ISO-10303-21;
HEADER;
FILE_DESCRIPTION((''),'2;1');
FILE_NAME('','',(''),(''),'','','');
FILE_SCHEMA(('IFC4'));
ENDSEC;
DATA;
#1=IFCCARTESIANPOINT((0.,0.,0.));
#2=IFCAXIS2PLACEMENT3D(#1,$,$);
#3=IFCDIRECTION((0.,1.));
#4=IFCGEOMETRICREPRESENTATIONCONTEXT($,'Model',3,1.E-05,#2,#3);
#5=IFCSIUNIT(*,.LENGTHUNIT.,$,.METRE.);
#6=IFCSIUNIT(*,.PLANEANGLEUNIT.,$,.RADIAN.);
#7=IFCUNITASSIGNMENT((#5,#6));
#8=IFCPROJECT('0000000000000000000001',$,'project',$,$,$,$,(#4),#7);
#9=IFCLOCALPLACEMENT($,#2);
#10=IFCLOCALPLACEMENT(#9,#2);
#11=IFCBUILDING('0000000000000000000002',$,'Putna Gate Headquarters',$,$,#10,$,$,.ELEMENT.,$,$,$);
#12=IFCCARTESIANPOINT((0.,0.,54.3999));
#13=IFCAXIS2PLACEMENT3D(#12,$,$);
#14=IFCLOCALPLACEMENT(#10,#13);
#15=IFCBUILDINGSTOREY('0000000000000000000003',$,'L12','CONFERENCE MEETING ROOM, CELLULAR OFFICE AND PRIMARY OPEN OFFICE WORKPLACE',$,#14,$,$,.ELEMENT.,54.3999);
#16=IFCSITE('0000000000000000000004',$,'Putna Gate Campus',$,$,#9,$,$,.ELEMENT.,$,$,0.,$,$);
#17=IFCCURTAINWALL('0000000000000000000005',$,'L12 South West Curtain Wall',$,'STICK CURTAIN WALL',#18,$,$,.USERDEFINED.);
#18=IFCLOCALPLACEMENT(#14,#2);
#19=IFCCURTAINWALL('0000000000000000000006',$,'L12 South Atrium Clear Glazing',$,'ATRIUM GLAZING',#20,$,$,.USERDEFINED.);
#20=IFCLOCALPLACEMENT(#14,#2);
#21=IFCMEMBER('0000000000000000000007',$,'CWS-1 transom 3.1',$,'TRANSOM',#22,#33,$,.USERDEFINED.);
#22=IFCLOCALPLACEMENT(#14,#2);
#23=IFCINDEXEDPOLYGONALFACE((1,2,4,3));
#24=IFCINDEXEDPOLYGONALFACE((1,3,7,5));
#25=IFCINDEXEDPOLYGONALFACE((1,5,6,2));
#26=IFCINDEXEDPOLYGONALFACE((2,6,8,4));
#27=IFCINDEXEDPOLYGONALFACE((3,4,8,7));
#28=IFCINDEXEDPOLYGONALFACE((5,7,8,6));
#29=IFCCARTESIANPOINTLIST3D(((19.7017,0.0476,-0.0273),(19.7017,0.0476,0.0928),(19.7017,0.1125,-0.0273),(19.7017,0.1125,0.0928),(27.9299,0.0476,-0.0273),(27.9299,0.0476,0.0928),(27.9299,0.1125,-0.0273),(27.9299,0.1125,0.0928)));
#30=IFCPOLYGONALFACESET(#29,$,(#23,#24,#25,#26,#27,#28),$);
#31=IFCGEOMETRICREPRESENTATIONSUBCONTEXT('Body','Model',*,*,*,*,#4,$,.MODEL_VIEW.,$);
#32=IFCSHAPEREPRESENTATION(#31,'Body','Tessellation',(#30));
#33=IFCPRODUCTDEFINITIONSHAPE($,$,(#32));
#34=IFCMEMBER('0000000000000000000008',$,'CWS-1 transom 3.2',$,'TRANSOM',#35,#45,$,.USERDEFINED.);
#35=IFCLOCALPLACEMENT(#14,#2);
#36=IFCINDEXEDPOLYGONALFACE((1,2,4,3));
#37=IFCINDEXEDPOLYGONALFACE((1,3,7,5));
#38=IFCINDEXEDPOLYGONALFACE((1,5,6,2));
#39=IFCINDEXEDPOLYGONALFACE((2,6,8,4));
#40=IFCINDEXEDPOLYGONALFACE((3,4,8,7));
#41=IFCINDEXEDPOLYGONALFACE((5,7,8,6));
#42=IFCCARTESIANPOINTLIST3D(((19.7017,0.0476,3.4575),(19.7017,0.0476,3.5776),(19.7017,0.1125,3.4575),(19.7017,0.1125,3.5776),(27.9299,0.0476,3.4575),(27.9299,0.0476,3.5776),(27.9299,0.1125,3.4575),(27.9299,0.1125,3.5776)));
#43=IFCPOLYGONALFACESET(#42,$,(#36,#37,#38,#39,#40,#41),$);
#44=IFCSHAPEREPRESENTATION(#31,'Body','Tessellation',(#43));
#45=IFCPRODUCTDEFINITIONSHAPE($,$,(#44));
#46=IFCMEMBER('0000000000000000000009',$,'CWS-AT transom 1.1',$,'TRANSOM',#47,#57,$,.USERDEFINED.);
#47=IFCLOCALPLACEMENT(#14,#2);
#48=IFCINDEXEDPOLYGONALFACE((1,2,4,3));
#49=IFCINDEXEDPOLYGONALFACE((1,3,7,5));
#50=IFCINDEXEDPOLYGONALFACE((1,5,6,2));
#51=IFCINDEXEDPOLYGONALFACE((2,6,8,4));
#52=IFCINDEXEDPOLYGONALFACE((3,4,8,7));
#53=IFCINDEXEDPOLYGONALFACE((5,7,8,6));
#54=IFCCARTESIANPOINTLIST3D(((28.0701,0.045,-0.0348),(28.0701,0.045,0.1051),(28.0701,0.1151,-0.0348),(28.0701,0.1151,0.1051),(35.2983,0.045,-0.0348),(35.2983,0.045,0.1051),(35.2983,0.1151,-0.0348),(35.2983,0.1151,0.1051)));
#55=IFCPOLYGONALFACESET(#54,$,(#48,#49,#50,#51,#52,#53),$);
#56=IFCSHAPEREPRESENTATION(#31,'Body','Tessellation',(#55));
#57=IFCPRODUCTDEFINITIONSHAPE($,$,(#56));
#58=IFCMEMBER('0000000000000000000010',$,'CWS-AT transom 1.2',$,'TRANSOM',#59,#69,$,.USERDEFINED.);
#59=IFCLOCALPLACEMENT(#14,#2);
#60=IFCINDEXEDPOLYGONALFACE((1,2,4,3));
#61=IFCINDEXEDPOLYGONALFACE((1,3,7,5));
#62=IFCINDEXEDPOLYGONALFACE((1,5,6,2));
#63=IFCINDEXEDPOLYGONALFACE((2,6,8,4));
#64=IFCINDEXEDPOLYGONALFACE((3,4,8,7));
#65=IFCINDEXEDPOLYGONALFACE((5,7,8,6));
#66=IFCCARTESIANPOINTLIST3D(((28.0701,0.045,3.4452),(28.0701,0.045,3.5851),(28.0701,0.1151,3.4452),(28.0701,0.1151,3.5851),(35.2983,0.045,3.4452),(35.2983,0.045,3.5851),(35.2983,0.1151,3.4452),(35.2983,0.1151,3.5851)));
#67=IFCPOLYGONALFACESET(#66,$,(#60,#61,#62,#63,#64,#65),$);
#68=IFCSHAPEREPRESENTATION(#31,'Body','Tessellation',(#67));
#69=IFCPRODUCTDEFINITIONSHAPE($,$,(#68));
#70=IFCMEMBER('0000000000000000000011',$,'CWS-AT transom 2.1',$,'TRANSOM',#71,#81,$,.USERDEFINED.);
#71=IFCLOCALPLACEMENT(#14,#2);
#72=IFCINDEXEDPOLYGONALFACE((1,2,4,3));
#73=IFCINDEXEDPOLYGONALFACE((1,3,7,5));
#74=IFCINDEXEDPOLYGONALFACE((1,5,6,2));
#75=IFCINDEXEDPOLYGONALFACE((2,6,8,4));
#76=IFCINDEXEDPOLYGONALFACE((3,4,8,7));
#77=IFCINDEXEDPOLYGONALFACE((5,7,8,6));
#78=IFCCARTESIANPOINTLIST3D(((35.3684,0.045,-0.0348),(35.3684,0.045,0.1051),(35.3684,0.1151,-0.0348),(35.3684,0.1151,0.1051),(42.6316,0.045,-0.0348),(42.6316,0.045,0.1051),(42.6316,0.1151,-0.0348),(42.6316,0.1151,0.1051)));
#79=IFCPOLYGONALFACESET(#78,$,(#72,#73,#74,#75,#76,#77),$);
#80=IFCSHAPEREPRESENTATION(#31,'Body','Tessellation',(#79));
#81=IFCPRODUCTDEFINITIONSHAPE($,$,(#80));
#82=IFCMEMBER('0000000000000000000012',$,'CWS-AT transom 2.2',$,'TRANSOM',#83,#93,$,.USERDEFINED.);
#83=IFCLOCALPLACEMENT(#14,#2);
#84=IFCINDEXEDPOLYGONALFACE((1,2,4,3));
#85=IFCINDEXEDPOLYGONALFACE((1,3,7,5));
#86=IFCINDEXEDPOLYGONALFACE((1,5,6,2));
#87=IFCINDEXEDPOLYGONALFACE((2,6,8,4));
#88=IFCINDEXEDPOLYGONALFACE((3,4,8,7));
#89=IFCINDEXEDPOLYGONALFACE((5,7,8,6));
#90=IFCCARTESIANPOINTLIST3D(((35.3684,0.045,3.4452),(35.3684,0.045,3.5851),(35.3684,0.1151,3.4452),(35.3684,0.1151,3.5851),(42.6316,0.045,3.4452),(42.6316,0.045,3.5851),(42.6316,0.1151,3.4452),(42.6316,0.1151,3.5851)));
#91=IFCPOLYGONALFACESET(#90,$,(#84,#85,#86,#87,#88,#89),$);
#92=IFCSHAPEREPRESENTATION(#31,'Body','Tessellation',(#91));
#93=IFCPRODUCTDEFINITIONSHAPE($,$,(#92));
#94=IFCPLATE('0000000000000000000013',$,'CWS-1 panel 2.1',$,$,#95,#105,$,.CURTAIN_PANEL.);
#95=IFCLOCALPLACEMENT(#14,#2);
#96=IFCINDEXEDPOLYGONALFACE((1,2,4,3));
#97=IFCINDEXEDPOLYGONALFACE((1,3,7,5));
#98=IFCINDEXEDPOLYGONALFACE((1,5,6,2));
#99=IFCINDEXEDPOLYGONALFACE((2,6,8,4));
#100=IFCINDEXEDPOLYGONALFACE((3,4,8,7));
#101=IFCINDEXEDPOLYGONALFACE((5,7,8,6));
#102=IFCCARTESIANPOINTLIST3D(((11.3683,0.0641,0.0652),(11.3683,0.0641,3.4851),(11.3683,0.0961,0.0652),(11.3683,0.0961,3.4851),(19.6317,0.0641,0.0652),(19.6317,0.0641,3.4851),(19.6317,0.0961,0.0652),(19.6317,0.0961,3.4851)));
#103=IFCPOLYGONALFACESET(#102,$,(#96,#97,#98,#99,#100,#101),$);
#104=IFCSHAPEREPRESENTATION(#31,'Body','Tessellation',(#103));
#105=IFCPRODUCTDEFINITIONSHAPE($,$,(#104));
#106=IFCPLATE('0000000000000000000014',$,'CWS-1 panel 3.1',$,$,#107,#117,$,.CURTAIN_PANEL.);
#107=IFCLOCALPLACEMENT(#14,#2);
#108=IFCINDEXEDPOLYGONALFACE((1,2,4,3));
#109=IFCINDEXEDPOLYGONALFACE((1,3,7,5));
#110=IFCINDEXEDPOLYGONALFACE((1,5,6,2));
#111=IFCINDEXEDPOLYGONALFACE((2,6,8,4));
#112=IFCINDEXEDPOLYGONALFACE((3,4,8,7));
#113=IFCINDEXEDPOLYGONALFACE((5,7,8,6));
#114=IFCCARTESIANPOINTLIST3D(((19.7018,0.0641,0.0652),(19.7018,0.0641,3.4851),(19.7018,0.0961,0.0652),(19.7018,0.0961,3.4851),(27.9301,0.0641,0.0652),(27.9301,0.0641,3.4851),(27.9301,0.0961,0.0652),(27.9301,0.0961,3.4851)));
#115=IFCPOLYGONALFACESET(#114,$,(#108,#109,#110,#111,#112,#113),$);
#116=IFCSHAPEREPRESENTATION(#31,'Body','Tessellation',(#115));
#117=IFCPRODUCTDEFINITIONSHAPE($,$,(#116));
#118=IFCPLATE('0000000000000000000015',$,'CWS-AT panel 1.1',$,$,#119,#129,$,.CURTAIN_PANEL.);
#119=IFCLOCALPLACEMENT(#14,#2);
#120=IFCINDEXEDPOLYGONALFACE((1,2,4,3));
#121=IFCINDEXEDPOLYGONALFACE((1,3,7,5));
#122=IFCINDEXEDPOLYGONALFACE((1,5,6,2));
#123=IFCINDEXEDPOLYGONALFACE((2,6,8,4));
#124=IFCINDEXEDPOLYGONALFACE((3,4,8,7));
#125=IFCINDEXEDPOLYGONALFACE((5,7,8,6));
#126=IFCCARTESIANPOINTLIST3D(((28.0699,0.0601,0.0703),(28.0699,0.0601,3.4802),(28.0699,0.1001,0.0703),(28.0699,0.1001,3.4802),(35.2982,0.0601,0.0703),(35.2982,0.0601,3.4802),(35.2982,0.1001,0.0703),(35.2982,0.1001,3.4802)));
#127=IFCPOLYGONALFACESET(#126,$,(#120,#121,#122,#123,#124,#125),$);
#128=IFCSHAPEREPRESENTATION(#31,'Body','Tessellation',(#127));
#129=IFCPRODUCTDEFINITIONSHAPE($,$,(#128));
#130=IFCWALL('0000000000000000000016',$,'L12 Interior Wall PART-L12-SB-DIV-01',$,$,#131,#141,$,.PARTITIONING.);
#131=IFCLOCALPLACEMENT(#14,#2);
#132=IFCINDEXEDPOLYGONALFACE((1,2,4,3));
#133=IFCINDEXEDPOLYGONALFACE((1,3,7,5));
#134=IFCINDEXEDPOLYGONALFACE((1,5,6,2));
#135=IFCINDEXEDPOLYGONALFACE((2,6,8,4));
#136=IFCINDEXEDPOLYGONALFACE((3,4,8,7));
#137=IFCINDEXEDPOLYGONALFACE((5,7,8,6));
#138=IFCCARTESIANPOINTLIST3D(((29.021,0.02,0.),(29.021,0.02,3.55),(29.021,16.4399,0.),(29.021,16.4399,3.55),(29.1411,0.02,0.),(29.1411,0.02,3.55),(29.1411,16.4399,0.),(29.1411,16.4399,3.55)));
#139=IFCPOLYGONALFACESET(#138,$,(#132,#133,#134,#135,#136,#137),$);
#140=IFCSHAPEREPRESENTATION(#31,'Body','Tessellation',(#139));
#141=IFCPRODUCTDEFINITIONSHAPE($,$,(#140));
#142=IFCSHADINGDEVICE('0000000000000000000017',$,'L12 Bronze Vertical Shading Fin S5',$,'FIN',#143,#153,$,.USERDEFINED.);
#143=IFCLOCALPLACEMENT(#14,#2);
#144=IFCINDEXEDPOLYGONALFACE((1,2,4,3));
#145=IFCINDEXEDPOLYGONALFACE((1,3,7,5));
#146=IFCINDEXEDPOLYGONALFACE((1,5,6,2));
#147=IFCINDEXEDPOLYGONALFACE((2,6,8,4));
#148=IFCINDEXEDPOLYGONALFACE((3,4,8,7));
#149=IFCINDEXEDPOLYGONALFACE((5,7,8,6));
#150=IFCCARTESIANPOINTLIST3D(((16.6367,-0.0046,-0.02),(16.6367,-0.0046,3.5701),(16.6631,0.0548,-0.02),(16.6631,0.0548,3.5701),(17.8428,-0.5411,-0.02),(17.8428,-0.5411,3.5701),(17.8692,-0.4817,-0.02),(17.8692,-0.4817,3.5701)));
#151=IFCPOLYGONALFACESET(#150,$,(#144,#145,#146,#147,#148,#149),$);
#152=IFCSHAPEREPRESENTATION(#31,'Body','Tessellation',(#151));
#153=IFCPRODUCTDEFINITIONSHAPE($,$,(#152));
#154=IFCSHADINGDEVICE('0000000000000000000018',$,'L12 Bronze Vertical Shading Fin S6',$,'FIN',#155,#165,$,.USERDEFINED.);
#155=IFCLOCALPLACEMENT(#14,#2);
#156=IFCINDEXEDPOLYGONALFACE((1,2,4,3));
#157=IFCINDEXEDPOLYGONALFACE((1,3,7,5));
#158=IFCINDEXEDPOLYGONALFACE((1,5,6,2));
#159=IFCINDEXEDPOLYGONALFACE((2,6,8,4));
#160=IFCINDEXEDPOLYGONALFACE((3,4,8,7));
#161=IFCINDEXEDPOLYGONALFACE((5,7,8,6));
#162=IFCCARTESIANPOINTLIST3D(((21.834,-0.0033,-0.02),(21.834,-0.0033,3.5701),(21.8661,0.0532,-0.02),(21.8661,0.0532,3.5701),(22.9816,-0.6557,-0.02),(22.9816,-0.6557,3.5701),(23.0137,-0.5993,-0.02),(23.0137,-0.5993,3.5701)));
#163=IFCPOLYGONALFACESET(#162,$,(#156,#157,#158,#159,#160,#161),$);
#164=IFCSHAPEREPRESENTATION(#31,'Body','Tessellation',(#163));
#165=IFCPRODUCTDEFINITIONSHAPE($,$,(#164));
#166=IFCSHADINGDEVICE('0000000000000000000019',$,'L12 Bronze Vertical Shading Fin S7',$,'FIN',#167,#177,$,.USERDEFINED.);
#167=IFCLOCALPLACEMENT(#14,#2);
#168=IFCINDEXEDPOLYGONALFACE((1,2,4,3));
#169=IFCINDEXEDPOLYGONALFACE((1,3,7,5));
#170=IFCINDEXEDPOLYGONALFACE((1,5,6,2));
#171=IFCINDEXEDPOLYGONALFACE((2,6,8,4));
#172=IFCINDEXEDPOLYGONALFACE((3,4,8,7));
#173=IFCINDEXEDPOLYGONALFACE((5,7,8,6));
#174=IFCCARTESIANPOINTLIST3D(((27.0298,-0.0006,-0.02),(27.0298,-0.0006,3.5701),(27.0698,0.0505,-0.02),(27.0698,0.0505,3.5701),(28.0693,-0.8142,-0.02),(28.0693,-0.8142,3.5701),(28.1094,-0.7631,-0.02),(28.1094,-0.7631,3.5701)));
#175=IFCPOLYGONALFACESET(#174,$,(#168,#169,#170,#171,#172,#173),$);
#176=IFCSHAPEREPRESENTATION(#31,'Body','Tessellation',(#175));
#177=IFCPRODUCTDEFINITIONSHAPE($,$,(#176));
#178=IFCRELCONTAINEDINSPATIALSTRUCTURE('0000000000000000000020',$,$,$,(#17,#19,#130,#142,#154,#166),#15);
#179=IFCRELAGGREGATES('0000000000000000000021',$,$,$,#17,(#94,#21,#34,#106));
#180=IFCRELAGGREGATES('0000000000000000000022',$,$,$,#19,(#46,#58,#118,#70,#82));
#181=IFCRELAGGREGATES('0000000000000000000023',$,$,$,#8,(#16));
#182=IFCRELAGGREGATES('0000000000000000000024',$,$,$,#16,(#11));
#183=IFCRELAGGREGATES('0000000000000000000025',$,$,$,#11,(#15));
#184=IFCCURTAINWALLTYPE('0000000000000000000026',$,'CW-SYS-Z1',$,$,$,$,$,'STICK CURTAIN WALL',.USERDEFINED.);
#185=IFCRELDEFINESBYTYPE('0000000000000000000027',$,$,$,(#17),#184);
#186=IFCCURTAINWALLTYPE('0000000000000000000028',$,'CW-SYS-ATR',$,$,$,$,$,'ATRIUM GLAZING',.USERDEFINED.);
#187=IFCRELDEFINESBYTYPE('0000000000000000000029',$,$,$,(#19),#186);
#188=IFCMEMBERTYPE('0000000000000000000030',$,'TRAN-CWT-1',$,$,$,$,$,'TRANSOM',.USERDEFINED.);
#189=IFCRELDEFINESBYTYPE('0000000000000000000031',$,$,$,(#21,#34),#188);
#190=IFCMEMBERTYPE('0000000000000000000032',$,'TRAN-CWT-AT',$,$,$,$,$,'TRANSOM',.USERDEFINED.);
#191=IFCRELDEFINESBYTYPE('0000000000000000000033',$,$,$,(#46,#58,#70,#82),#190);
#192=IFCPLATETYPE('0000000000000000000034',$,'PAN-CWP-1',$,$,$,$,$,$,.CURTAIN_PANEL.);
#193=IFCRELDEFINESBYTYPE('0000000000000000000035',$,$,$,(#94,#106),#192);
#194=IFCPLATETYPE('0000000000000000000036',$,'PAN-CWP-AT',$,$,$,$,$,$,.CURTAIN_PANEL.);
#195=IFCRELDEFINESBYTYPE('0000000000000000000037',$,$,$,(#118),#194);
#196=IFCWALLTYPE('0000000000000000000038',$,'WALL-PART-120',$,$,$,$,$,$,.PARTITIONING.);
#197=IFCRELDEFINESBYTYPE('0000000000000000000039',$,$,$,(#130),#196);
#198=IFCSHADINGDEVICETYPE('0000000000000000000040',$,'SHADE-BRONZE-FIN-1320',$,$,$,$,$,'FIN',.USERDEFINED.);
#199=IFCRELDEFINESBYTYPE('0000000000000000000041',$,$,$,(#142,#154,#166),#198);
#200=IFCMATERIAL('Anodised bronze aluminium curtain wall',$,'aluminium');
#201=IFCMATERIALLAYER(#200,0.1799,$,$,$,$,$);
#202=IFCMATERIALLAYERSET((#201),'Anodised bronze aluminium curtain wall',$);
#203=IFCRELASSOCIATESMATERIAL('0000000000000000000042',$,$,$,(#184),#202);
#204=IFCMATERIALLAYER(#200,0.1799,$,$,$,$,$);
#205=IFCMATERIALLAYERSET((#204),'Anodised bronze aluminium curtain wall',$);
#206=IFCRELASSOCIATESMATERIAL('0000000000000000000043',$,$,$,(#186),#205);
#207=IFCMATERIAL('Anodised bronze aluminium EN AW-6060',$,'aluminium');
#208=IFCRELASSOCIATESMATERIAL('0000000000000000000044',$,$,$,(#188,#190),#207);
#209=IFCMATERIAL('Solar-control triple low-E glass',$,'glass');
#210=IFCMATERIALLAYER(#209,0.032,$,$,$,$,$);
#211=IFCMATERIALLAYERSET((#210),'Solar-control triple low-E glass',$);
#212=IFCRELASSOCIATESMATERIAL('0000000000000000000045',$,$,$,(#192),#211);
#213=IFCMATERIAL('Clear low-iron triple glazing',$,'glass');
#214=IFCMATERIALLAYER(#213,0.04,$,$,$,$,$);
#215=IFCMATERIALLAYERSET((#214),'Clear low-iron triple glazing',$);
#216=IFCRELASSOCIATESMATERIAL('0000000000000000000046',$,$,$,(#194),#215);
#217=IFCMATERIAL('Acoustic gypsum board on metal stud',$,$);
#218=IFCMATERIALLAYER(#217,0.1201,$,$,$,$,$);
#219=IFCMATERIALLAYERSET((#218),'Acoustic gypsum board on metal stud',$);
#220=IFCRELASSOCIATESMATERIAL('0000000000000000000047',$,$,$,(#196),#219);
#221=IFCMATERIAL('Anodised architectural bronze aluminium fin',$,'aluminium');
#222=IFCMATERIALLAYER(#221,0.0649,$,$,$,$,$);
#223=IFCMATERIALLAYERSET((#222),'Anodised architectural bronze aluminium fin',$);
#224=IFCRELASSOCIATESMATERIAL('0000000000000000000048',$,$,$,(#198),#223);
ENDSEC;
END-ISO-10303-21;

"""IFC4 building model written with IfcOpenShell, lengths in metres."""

from ifc_helpers import new_model, si_unit, direction, frame, frame_2d, origin, origin_2d, place, context, subcontext, project, spatial, rectangle, extrude, material, layer, layer_set, material_profile, profile_set, type_object, element, aggregate, save


model = new_model("IFC4")

# Units and contexts
model_context = context("Model", 3, precision=1e-05, world=origin(), true_north=direction((0.0, 1.0)))
body_context = subcontext(model_context, "Body", "Model", "MODEL_VIEW")
ifc_project = project(units=[si_unit("LENGTHUNIT", "METRE"), si_unit("PLANEANGLEUNIT", "RADIAN")], contexts=[model_context])

# Site, building, storey
site_placement = place(None, origin())
site = spatial("IfcSite", under=ifc_project, at=site_placement, Name="Putna Gate Campus", CompositionType="ELEMENT", RefElevation=0.0)
building_placement = place(site_placement, origin())
building = spatial("IfcBuilding", under=site, at=building_placement, Name="Putna Gate Headquarters", CompositionType="ELEMENT")
storey_placement = place(building_placement, frame((0.0, 0.0, 54.3999)))
storey = spatial("IfcBuildingStorey", under=building, at=storey_placement, Name="L12", Description="CONFERENCE MEETING ROOM, CELLULAR OFFICE AND PRIMARY OPEN OFFICE WORKPLACE", CompositionType="ELEMENT", Elevation=54.3999)

# Curtain walls
ifc_material_1 = material(Name="Anodised bronze aluminium curtain wall", Category="aluminium")
ifc_layer_1 = layer(ifc_material_1, 0.1799)
ifc_layer_set_1 = layer_set([ifc_layer_1], Name="Anodised bronze aluminium curtain wall")
curtain_wall_type_1 = type_object("IfcCurtainWallType", Name="CW-SYS-Z1", ElementType="STICK CURTAIN WALL", PredefinedType="USERDEFINED", material=ifc_layer_set_1)
curtain_wall_1_placement = place(storey_placement, origin())
curtain_wall_1 = element("IfcCurtainWall", 1, at=curtain_wall_1_placement, inside=storey, type_object=curtain_wall_type_1, Name="L12 South West Curtain Wall", ObjectType="STICK CURTAIN WALL", PredefinedType="USERDEFINED")
ifc_material_2 = material(Name="Anodised bronze aluminium EN AW-6060", Category="aluminium")
ifc_layer_2 = layer(ifc_material_1, 0.1799)
ifc_layer_set_2 = layer_set([ifc_layer_2], Name="Anodised bronze aluminium curtain wall")
curtain_wall_type_2 = type_object("IfcCurtainWallType", Name="CW-SYS-ATR", ElementType="ATRIUM GLAZING", PredefinedType="USERDEFINED", material=ifc_layer_set_2)
curtain_wall_2_placement = place(storey_placement, origin())
curtain_wall_2 = element("IfcCurtainWall", 2, at=curtain_wall_2_placement, inside=storey, type_object=curtain_wall_type_2, Name="L12 South Atrium Clear Glazing", ObjectType="ATRIUM GLAZING", PredefinedType="USERDEFINED")

# Members
ifc_material_profile_1 = material_profile(ifc_material_2, rectangle(XDim=0.0649, YDim=0.1201, at=origin_2d()), Name="Anodised bronze aluminium EN AW-6060")
ifc_profile_set_1 = profile_set([ifc_material_profile_1], Name="Anodised bronze aluminium EN AW-6060")
member_type_1 = type_object("IfcMemberType", Name="TRAN-CWT-1", ElementType="TRANSOM", PredefinedType="USERDEFINED", material=ifc_profile_set_1)
member_1_placement = place(storey_placement, frame((19.7017, 0.0801, 0.0327), z_axis=(1.0, 0.0, 0.0), x_axis=(0.0, 1.0, 0.0)))
member_1 = element("IfcMember", 3, at=member_1_placement, type_object=member_type_1, Name="CWS-1 transom 3.1", ObjectType="TRANSOM", PredefinedType="USERDEFINED", context=body_context, shape_type="SweptSolid", body=[
    extrude(rectangle(XDim=0.0649, YDim=0.1201, at=origin_2d()), origin(), (0.0, 0.0, 1.0), 8.2283),
])
member_2_placement = place(storey_placement, frame((19.7017, 0.0801, 3.5176), z_axis=(1.0, 0.0, 0.0), x_axis=(0.0, 1.0, 0.0)))
member_2 = element("IfcMember", 4, at=member_2_placement, type_object=member_type_1, Name="CWS-1 transom 3.2", ObjectType="TRANSOM", PredefinedType="USERDEFINED", context=body_context, shape_type="SweptSolid", body=[
    extrude(rectangle(XDim=0.0649, YDim=0.1201, at=origin_2d()), origin(), (0.0, 0.0, 1.0), 8.2283),
])
ifc_material_profile_2 = material_profile(ifc_material_2, rectangle(XDim=0.0701, YDim=0.1399, at=origin_2d()), Name="Anodised bronze aluminium EN AW-6060")
ifc_profile_set_2 = profile_set([ifc_material_profile_2], Name="Anodised bronze aluminium EN AW-6060")
member_type_2 = type_object("IfcMemberType", Name="TRAN-CWT-AT", ElementType="TRANSOM", PredefinedType="USERDEFINED", material=ifc_profile_set_2)
member_3_placement = place(storey_placement, frame((28.0701, 0.0801, 0.0352), z_axis=(1.0, 0.0, 0.0), x_axis=(0.0, 1.0, 0.0)))
member_3 = element("IfcMember", 5, at=member_3_placement, type_object=member_type_2, Name="CWS-AT transom 1.1", ObjectType="TRANSOM", PredefinedType="USERDEFINED", context=body_context, shape_type="SweptSolid", body=[
    extrude(rectangle(XDim=0.0701, YDim=0.1399, at=origin_2d()), origin(), (0.0, 0.0, 1.0), 7.2283),
])
member_4_placement = place(storey_placement, frame((28.0701, 0.0801, 3.5151), z_axis=(1.0, 0.0, 0.0), x_axis=(0.0, 1.0, 0.0)))
member_4 = element("IfcMember", 6, at=member_4_placement, type_object=member_type_2, Name="CWS-AT transom 1.2", ObjectType="TRANSOM", PredefinedType="USERDEFINED", context=body_context, shape_type="SweptSolid", body=[
    extrude(rectangle(XDim=0.0701, YDim=0.1399, at=origin_2d()), origin(), (0.0, 0.0, 1.0), 7.2283),
])
member_5_placement = place(storey_placement, frame((35.3684, 0.0801, 0.0352), z_axis=(1.0, 0.0, 0.0), x_axis=(0.0, 1.0, 0.0)))
member_5 = element("IfcMember", 7, at=member_5_placement, type_object=member_type_2, Name="CWS-AT transom 2.1", ObjectType="TRANSOM", PredefinedType="USERDEFINED", context=body_context, shape_type="SweptSolid", body=[
    extrude(rectangle(XDim=0.0701, YDim=0.1399, at=origin_2d()), origin(), (0.0, 0.0, 1.0), 7.2632),
])
member_6_placement = place(storey_placement, frame((35.3684, 0.0801, 3.5151), z_axis=(1.0, 0.0, 0.0), x_axis=(0.0, 1.0, 0.0)))
member_6 = element("IfcMember", 8, at=member_6_placement, type_object=member_type_2, Name="CWS-AT transom 2.2", ObjectType="TRANSOM", PredefinedType="USERDEFINED", context=body_context, shape_type="SweptSolid", body=[
    extrude(rectangle(XDim=0.0701, YDim=0.1399, at=origin_2d()), origin(), (0.0, 0.0, 1.0), 7.2632),
])

# Plates
ifc_material_3 = material(Name="Solar-control triple low-E glass", Category="glass")
ifc_layer_3 = layer(ifc_material_3, 0.032)
ifc_layer_set_3 = layer_set([ifc_layer_3], Name="Solar-control triple low-E glass")
plate_type_1 = type_object("IfcPlateType", Name="PAN-CWP-1", PredefinedType="CURTAIN_PANEL", material=ifc_layer_set_3)
plate_1_placement = place(storey_placement, frame((15.5, 0.0801, 0.0652), z_axis=(0.0, 0.0, 1.0), x_axis=(1.0, 0.0, 0.0)))
plate_1 = element("IfcPlate", 9, at=plate_1_placement, type_object=plate_type_1, Name="CWS-1 panel 2.1", PredefinedType="CURTAIN_PANEL", context=body_context, shape_type="SweptSolid", body=[
    extrude(rectangle(XDim=8.2634, YDim=0.032, at=origin_2d()), origin(), (0.0, 0.0, 1.0), 3.4199),
])
plate_2_placement = place(storey_placement, frame((23.8159, 0.0801, 0.0652), z_axis=(0.0, 0.0, 1.0), x_axis=(1.0, 0.0, 0.0)))
plate_2 = element("IfcPlate", 10, at=plate_2_placement, type_object=plate_type_1, Name="CWS-1 panel 3.1", PredefinedType="CURTAIN_PANEL", context=body_context, shape_type="SweptSolid", body=[
    extrude(rectangle(XDim=8.2283, YDim=0.032, at=origin_2d()), origin(), (0.0, 0.0, 1.0), 3.4199),
])
aggregate(curtain_wall_1, [plate_1, member_1, member_2, plate_2])
ifc_material_4 = material(Name="Clear low-iron triple glazing", Category="glass")
ifc_layer_4 = layer(ifc_material_4, 0.04)
ifc_layer_set_4 = layer_set([ifc_layer_4], Name="Clear low-iron triple glazing")
plate_type_2 = type_object("IfcPlateType", Name="PAN-CWP-AT", PredefinedType="CURTAIN_PANEL", material=ifc_layer_set_4)
plate_3_placement = place(storey_placement, frame((31.6841, 0.0801, 0.0703), z_axis=(0.0, 0.0, 1.0), x_axis=(1.0, 0.0, 0.0)))
plate_3 = element("IfcPlate", 11, at=plate_3_placement, type_object=plate_type_2, Name="CWS-AT panel 1.1", PredefinedType="CURTAIN_PANEL", context=body_context, shape_type="SweptSolid", body=[
    extrude(rectangle(XDim=7.2283, YDim=0.04, at=origin_2d()), origin(), (0.0, 0.0, 1.0), 3.4099),
])
aggregate(curtain_wall_2, [member_3, member_4, plate_3, member_5, member_6])

# Wall
ifc_material_5 = material(Name="Acoustic gypsum board on metal stud")
ifc_layer_5 = layer(ifc_material_5, 0.1201)
ifc_layer_set_5 = layer_set([ifc_layer_5], Name="Acoustic gypsum board on metal stud")
wall_type = type_object("IfcWallType", Name="WALL-PART-120", PredefinedType="PARTITIONING", material=ifc_layer_set_5)
wall_placement = place(storey_placement, frame((29.0811, 0.02, 0.0), z_axis=(0.0, 0.0, 1.0), x_axis=(0.0, 1.0, 0.0)))
element("IfcWall", 12, at=wall_placement, inside=storey, type_object=wall_type, Name="L12 Interior Wall PART-L12-SB-DIV-01", PredefinedType="PARTITIONING", context=body_context, shape_type="SweptSolid", body=[
    extrude(rectangle(XDim=16.4199, YDim=0.1201, at=frame_2d((8.21, 0.0))), origin(), (0.0, 0.0, 1.0), 3.55),
])

# Shading devices
ifc_material_6 = material(Name="Anodised architectural bronze aluminium fin", Category="aluminium")
ifc_layer_6 = layer(ifc_material_6, 0.0649)
ifc_layer_set_6 = layer_set([ifc_layer_6], Name="Anodised architectural bronze aluminium fin")
shading_device_type = type_object("IfcShadingDeviceType", Name="SHADE-BRONZE-FIN-1320", ElementType="FIN", PredefinedType="USERDEFINED", material=ifc_layer_set_6)
for number, where, z_axis, x_axis, name in (
    (13, (17.2529, -0.2432, -0.02), (0.0, 0.0, 1.0), (0.913687, -0.406418, 0.0), "L12 Bronze Vertical Shading Fin S5"),
    (14, (22.4238, -0.3013, -0.02), (0.0, 0.0, 1.0), (0.869322, -0.494245, 0.0), "L12 Bronze Vertical Shading Fin S6"),
    (15, (27.5696, -0.3818, -0.02), (0.0, 0.0, 1.0), (0.787473, -0.616349, 0.0), "L12 Bronze Vertical Shading Fin S7"),
):
    element("IfcShadingDevice", number, at=place(storey_placement, frame(where, z_axis=z_axis, x_axis=x_axis)), inside=storey, type_object=shading_device_type, Name=name, ObjectType="FIN", PredefinedType="USERDEFINED", context=body_context, shape_type="SweptSolid", body=[
        extrude(rectangle(XDim=1.3201, YDim=0.0649, at=origin_2d()), origin(), (0.0, 0.0, 1.0), 3.5901),
    ])

save(model, "model.ifc")
